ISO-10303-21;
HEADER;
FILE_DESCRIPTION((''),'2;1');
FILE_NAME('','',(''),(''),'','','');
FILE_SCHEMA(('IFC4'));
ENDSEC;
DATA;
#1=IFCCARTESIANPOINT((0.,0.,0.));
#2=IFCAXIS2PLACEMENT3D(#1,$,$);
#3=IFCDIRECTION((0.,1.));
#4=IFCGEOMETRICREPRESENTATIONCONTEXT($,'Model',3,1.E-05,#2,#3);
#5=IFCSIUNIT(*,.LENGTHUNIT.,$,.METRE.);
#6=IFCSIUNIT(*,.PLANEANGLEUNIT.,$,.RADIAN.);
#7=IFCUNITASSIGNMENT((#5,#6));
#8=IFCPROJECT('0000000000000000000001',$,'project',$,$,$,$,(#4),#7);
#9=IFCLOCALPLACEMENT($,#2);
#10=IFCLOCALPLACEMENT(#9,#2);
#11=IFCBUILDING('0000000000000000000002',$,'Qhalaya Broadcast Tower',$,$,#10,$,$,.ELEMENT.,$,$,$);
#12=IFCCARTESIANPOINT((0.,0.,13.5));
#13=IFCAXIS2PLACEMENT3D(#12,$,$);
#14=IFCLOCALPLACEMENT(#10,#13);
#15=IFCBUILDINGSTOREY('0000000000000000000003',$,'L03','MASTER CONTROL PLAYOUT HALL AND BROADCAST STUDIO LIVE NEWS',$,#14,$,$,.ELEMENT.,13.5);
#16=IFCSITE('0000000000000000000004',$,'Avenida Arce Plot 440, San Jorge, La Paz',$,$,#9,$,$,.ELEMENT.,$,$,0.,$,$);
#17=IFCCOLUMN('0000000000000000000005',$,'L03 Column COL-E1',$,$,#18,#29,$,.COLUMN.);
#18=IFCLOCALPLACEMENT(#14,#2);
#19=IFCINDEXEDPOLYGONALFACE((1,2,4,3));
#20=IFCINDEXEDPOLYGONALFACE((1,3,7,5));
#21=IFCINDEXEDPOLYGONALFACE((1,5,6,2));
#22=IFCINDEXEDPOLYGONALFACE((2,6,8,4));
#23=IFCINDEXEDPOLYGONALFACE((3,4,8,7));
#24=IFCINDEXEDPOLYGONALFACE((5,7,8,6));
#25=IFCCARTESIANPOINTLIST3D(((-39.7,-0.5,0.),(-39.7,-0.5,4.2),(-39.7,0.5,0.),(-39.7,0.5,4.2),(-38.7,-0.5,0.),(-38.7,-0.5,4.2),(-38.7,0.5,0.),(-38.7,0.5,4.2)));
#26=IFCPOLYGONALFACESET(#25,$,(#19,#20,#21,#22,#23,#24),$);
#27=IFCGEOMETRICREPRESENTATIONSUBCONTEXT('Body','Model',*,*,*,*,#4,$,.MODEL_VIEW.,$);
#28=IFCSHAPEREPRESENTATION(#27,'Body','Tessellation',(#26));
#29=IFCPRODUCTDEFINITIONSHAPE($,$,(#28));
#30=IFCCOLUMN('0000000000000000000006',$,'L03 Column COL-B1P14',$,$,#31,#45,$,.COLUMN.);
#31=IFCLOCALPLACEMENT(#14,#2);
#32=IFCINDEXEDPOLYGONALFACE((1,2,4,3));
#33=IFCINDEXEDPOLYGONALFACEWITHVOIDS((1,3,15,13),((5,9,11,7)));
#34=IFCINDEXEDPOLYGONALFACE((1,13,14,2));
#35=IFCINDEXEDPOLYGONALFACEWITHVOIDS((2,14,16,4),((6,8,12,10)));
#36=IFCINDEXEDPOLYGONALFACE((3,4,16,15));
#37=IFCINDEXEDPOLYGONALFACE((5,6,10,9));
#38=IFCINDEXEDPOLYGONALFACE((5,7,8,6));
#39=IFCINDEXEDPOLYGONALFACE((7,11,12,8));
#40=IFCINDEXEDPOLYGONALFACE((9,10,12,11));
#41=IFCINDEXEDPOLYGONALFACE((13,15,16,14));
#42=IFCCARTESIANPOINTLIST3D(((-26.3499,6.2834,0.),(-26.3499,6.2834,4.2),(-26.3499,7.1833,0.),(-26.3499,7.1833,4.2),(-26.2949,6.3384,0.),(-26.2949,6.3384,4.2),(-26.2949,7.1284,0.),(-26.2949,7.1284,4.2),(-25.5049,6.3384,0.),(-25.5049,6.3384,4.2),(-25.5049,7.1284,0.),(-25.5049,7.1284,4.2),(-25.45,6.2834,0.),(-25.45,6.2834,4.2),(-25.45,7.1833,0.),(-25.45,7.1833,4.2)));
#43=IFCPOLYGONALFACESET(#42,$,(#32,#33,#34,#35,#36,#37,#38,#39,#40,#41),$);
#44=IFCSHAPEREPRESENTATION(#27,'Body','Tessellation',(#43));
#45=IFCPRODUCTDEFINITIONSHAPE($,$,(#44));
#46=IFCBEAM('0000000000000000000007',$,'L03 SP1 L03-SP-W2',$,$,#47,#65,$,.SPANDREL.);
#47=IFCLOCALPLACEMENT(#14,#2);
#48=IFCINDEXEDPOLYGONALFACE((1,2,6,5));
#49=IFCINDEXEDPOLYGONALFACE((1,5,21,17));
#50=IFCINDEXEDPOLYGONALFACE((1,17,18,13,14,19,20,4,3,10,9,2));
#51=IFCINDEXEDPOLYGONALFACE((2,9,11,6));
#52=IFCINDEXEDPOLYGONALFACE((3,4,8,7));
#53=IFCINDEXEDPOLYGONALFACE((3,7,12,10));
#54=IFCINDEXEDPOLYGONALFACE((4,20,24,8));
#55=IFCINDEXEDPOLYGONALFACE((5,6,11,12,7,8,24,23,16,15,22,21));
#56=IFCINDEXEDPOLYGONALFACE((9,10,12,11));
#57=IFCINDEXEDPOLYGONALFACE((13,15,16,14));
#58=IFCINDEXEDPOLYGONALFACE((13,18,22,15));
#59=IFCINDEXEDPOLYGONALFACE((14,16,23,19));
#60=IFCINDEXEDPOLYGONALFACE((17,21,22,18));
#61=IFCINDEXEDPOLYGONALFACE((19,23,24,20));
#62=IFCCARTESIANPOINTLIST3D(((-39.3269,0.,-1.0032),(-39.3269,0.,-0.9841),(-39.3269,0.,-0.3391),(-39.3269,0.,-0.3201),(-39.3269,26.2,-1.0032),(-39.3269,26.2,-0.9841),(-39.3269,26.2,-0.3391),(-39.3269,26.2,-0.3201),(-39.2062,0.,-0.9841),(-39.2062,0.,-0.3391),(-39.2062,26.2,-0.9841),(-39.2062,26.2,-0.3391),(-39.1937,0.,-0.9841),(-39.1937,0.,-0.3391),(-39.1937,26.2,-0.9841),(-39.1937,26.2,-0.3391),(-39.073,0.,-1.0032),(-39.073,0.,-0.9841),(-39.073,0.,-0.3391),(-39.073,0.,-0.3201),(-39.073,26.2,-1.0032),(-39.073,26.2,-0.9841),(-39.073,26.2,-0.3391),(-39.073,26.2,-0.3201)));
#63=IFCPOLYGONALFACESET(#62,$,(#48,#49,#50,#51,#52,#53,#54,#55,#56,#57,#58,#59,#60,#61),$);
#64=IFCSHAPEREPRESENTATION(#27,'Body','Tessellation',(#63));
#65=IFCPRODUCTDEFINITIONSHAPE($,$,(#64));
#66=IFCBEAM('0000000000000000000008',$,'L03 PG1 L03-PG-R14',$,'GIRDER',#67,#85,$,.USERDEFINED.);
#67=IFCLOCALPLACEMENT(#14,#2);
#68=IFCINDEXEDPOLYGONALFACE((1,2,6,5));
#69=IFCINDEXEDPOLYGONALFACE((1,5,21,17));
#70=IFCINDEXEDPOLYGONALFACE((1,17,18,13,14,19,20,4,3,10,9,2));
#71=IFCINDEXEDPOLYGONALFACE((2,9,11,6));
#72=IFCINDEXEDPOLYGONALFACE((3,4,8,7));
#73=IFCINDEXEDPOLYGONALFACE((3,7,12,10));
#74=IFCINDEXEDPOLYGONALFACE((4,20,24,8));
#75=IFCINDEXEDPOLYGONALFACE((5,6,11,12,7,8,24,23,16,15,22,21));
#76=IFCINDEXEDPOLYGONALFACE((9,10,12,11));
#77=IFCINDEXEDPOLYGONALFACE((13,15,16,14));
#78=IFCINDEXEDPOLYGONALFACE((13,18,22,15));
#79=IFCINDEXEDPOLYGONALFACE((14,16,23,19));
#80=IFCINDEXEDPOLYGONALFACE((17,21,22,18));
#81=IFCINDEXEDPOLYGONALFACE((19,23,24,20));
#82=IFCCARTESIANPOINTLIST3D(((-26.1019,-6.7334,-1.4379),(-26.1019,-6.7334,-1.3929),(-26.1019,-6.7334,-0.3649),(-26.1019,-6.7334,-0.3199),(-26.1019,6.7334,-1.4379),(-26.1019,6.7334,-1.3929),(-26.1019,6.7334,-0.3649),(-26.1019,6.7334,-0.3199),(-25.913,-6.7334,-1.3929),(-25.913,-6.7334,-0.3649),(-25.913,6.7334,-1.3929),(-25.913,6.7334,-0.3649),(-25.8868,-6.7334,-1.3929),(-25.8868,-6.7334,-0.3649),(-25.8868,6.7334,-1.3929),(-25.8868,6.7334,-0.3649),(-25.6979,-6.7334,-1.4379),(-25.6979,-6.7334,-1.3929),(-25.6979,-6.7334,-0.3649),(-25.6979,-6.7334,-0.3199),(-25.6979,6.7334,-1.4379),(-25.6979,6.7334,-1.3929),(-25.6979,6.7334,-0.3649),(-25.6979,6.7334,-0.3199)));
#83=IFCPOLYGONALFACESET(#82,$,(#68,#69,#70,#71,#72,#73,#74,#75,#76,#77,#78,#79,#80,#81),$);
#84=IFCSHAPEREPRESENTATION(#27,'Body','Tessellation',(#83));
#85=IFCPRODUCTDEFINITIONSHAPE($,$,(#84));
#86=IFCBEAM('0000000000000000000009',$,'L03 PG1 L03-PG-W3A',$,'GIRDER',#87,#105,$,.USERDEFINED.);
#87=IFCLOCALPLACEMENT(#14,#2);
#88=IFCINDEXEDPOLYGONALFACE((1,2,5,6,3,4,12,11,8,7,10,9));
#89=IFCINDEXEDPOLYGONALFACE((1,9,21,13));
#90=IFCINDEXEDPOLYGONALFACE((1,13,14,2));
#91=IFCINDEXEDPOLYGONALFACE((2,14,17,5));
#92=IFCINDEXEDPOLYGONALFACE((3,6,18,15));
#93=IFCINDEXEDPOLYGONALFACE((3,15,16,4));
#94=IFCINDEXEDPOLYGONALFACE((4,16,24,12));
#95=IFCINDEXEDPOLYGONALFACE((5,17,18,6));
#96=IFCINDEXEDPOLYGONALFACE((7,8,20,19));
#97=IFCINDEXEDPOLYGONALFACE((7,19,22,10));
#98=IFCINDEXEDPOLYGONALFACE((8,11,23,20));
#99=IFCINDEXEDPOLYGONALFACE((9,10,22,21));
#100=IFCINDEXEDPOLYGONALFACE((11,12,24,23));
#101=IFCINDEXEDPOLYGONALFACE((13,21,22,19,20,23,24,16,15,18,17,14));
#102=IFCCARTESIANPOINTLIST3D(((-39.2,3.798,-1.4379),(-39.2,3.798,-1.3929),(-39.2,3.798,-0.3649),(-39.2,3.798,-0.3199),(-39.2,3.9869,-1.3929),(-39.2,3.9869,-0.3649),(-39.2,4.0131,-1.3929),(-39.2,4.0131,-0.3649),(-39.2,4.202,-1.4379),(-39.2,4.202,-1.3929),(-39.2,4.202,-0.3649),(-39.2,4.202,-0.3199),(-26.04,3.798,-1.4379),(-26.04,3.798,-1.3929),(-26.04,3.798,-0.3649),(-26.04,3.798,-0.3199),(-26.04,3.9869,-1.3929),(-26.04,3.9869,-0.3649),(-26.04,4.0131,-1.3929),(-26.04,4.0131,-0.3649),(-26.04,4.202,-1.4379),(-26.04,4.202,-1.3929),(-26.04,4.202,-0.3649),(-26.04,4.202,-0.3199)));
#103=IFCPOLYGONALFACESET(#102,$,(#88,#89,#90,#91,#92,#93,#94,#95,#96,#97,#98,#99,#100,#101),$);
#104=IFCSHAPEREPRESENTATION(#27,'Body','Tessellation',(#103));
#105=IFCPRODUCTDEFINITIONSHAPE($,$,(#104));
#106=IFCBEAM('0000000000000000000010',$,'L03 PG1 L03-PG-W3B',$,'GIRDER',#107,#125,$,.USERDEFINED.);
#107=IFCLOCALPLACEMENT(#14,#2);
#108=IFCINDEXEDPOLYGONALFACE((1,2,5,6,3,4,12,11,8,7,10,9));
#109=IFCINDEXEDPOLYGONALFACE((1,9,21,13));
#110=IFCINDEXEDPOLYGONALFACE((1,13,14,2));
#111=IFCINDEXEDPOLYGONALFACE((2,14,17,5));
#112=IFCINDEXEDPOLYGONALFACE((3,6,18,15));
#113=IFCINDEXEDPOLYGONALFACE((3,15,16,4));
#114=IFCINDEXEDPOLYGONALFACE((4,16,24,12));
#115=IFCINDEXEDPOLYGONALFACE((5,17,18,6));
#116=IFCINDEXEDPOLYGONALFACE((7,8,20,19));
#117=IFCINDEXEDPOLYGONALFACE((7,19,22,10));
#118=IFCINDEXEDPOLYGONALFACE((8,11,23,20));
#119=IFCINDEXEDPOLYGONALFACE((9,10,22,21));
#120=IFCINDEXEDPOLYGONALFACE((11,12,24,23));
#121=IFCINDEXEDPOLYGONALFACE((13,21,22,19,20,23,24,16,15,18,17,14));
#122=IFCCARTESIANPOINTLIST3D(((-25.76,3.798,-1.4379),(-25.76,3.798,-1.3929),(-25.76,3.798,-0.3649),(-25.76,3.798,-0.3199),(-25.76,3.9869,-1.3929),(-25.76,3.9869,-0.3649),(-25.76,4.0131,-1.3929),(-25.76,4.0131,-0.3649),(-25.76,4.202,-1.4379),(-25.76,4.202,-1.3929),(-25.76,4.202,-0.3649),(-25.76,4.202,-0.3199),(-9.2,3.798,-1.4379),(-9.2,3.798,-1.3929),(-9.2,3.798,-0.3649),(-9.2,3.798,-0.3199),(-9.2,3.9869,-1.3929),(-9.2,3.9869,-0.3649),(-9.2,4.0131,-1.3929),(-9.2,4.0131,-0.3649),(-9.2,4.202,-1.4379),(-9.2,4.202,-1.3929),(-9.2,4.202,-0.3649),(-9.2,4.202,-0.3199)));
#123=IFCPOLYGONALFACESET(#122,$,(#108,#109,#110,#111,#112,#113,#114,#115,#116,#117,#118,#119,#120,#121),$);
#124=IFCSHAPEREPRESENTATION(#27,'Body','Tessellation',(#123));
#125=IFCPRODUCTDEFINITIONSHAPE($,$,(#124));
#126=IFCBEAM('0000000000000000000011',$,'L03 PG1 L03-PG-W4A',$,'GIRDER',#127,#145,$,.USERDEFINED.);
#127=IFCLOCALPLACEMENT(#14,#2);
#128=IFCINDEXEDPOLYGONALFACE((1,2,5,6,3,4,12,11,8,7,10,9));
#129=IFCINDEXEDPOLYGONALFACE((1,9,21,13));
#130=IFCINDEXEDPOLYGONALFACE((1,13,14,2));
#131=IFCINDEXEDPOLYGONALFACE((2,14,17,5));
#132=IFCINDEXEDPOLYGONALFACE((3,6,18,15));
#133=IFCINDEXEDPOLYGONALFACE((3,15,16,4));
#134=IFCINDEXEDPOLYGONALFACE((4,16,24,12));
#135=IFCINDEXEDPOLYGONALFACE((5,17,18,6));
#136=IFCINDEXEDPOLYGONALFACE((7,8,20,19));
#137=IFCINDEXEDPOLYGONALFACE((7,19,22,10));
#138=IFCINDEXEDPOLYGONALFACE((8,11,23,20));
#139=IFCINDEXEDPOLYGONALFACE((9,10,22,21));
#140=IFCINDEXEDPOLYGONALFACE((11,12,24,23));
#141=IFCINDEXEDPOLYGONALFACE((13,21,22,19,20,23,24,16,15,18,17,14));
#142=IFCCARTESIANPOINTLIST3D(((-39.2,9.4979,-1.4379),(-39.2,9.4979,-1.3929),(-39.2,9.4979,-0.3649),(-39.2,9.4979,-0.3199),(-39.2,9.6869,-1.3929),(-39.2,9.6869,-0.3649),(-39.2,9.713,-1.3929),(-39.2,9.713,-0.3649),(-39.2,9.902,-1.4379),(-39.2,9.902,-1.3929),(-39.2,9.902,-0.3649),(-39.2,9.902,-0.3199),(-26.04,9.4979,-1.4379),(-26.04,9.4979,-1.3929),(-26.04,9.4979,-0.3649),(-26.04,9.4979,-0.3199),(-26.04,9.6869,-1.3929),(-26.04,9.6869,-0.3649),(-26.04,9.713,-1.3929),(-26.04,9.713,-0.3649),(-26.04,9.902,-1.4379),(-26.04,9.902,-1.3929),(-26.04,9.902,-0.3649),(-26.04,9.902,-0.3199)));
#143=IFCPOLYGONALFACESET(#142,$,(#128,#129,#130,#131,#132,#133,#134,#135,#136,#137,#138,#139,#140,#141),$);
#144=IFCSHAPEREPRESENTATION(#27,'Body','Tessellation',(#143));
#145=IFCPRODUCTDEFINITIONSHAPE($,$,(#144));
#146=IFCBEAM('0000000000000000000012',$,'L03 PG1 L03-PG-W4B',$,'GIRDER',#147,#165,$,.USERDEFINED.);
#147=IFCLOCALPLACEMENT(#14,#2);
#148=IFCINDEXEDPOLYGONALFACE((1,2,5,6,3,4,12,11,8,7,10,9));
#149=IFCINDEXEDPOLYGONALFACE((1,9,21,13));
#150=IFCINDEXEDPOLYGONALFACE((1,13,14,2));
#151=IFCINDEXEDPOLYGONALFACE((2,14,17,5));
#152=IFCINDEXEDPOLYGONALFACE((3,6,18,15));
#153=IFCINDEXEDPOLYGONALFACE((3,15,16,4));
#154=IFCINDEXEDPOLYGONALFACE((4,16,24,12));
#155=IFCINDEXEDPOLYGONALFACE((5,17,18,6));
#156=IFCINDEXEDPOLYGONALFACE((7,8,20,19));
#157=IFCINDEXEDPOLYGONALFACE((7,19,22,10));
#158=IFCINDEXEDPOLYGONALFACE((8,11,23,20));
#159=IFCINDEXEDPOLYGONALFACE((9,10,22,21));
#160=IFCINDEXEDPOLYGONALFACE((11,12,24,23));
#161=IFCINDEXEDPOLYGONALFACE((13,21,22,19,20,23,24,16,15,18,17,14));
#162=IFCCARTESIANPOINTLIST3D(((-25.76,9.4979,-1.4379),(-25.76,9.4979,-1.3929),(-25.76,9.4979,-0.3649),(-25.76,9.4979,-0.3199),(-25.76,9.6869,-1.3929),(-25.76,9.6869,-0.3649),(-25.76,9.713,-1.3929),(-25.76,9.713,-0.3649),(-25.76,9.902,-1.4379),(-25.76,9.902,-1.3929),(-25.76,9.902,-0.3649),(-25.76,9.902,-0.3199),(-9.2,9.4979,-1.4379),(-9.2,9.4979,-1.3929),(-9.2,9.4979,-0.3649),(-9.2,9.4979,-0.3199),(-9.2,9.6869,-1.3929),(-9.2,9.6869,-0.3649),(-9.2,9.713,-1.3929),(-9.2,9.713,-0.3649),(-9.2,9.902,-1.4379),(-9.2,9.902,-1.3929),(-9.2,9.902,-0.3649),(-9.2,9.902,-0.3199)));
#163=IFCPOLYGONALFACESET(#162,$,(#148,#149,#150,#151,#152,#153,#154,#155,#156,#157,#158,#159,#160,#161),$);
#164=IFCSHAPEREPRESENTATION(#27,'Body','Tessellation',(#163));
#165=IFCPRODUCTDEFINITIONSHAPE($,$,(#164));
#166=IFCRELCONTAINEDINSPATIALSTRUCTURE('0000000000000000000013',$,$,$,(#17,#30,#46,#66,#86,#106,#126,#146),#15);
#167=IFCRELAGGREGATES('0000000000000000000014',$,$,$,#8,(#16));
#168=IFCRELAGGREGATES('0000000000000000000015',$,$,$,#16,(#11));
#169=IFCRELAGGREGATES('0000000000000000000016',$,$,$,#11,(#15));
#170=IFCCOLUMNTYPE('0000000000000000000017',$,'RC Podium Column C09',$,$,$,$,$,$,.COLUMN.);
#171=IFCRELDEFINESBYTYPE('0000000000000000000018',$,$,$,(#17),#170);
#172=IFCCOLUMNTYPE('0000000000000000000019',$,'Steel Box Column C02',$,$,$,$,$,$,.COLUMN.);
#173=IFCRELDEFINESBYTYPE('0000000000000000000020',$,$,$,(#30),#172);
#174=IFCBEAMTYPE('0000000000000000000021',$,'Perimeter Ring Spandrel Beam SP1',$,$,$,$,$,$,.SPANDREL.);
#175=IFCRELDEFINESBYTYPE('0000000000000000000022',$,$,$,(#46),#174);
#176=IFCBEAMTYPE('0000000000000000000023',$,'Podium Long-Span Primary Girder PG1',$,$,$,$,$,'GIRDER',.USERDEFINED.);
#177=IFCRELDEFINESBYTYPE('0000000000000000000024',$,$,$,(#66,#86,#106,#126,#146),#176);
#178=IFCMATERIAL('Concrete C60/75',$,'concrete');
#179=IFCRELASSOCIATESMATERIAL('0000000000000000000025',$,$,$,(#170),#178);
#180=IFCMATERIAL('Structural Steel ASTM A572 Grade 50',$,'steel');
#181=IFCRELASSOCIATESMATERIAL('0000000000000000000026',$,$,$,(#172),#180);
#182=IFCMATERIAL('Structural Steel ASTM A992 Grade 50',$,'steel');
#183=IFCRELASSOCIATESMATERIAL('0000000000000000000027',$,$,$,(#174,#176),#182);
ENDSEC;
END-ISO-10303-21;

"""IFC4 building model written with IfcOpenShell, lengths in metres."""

from ifc_helpers import new_model, si_unit, direction, frame, origin, origin_2d, place, context, subcontext, project, spatial, rectangle, hollow_rectangle, i_section, extrude, material, material_profile, profile_set, type_object, element, save


model = new_model("IFC4")

# Units and contexts
model_context = context("Model", 3, precision=1e-05, world=origin(), true_north=direction((0.0, 1.0)))
body_context = subcontext(model_context, "Body", "Model", "MODEL_VIEW")
ifc_project = project(units=[si_unit("LENGTHUNIT", "METRE"), si_unit("PLANEANGLEUNIT", "RADIAN")], contexts=[model_context])

# Site, building, storey
site_placement = place(None, origin())
site = spatial("IfcSite", under=ifc_project, at=site_placement, Name="Avenida Arce Plot 440, San Jorge, La Paz", CompositionType="ELEMENT", RefElevation=0.0)
building_placement = place(site_placement, origin())
building = spatial("IfcBuilding", under=site, at=building_placement, Name="Qhalaya Broadcast Tower", CompositionType="ELEMENT")
storey_placement = place(building_placement, frame((0.0, 0.0, 13.5)))
storey = spatial("IfcBuildingStorey", under=building, at=storey_placement, Name="L03", Description="MASTER CONTROL PLAYOUT HALL AND BROADCAST STUDIO LIVE NEWS", CompositionType="ELEMENT", Elevation=13.5)

# Columns
ifc_material_1 = material(Name="Concrete C60/75", Category="concrete")
ifc_material_profile_1 = material_profile(ifc_material_1, rectangle(XDim=1.0, YDim=1.0, at=origin_2d()), Name="RC-COL 1000x1000")
ifc_profile_set_1 = profile_set([ifc_material_profile_1], Name="Concrete C60/75")
column_type_1 = type_object("IfcColumnType", Name="RC Podium Column C09", PredefinedType="COLUMN", material=ifc_profile_set_1)
column_1_placement = place(storey_placement, frame((-39.2, 0.0, 0.0), z_axis=(0.0, 0.0, 1.0), x_axis=(1.0, 0.0, 0.0)))
element("IfcColumn", 1, at=column_1_placement, inside=storey, type_object=column_type_1, Name="L03 Column COL-E1", PredefinedType="COLUMN", context=body_context, shape_type="SweptSolid", body=[
    extrude(rectangle(XDim=1.0, YDim=1.0, at=origin_2d()), origin(), (0.0, 0.0, 1.0), 4.2),
])
ifc_material_2 = material(Name="Structural Steel ASTM A572 Grade 50", Category="steel")
ifc_material_profile_2 = material_profile(ifc_material_2, hollow_rectangle(XDim=0.8999, YDim=0.8999, WallThickness=0.0549, at=origin_2d()), Name="BOX 900x900x55")
ifc_profile_set_2 = profile_set([ifc_material_profile_2], Name="Structural Steel ASTM A572 Grade 50")
column_type_2 = type_object("IfcColumnType", Name="Steel Box Column C02", PredefinedType="COLUMN", material=ifc_profile_set_2)
column_2_placement = place(storey_placement, frame((-25.8999, 6.7334, 0.0), z_axis=(0.0, 0.0, 1.0), x_axis=(0.0, 1.0, 0.0)))
element("IfcColumn", 2, at=column_2_placement, inside=storey, type_object=column_type_2, Name="L03 Column COL-B1P14", PredefinedType="COLUMN", context=body_context, shape_type="SweptSolid", body=[
    extrude(hollow_rectangle(XDim=0.8999, YDim=0.8999, WallThickness=0.0549, at=origin_2d()), origin(), (0.0, 0.0, 1.0), 4.2),
])

# Beams
ifc_material_3 = material(Name="Structural Steel ASTM A992 Grade 50", Category="steel")
ifc_material_profile_3 = material_profile(ifc_material_3, i_section(OverallWidth=0.2539, OverallDepth=0.6831, WebThickness=0.0125, FlangeThickness=0.019, at=origin_2d()), Name="W27X94")
ifc_profile_set_3 = profile_set([ifc_material_profile_3], Name="Structural Steel ASTM A992 Grade 50")
beam_type_1 = type_object("IfcBeamType", Name="Perimeter Ring Spandrel Beam SP1", PredefinedType="SPANDREL", material=ifc_profile_set_3)
beam_1_placement = place(storey_placement, frame((-39.2, 0.0, -0.6616), z_axis=(0.0, 1.0, 0.0), x_axis=(-1.0, 0.0, 0.0)))
element("IfcBeam", 3, at=beam_1_placement, inside=storey, type_object=beam_type_1, Name="L03 SP1 L03-SP-W2", PredefinedType="SPANDREL", context=body_context, shape_type="SweptSolid", body=[
    extrude(i_section(OverallWidth=0.2539, OverallDepth=0.6831, WebThickness=0.0125, FlangeThickness=0.019, at=origin_2d()), origin(), (0.0, 0.0, 1.0), 26.2),
])
ifc_material_profile_4 = material_profile(ifc_material_3, i_section(OverallWidth=0.4041, OverallDepth=1.1179, WebThickness=0.0261, FlangeThickness=0.0449, at=origin_2d()), Name="W44X335")
ifc_profile_set_4 = profile_set([ifc_material_profile_4], Name="Structural Steel ASTM A992 Grade 50")
beam_type_2 = type_object("IfcBeamType", Name="Podium Long-Span Primary Girder PG1", ElementType="GIRDER", PredefinedType="USERDEFINED", material=ifc_profile_set_4)
beam_2_placement = place(storey_placement, frame((-25.8999, 6.7334, -0.8789), z_axis=(0.0, -1.0, 0.0), x_axis=(1.0, 0.0, 0.0)))
element("IfcBeam", 4, at=beam_2_placement, inside=storey, type_object=beam_type_2, Name="L03 PG1 L03-PG-R14", ObjectType="GIRDER", PredefinedType="USERDEFINED", context=body_context, shape_type="SweptSolid", body=[
    extrude(i_section(OverallWidth=0.4041, OverallDepth=1.1179, WebThickness=0.0261, FlangeThickness=0.0449, at=origin_2d()), origin(), (0.0, 0.0, 1.0), 13.4668),
])
beam_3_placement = place(storey_placement, frame((-39.2, 4.0, -0.8789), z_axis=(1.0, 0.0, 0.0), x_axis=(0.0, 1.0, 0.0)))
element("IfcBeam", 5, at=beam_3_placement, inside=storey, type_object=beam_type_2, Name="L03 PG1 L03-PG-W3A", ObjectType="GIRDER", PredefinedType="USERDEFINED", context=body_context, shape_type="SweptSolid", body=[
    extrude(i_section(OverallWidth=0.4041, OverallDepth=1.1179, WebThickness=0.0261, FlangeThickness=0.0449, at=origin_2d()), origin(), (0.0, 0.0, 1.0), 13.1599),
])
beam_4_placement = place(storey_placement, frame((-25.76, 4.0, -0.8789), z_axis=(1.0, 0.0, 0.0), x_axis=(0.0, 1.0, 0.0)))
element("IfcBeam", 6, at=beam_4_placement, inside=storey, type_object=beam_type_2, Name="L03 PG1 L03-PG-W3B", ObjectType="GIRDER", PredefinedType="USERDEFINED", context=body_context, shape_type="SweptSolid", body=[
    extrude(i_section(OverallWidth=0.4041, OverallDepth=1.1179, WebThickness=0.0261, FlangeThickness=0.0449, at=origin_2d()), origin(), (0.0, 0.0, 1.0), 16.5601),
])
beam_5_placement = place(storey_placement, frame((-39.2, 9.7, -0.8789), z_axis=(1.0, 0.0, 0.0), x_axis=(0.0, 1.0, 0.0)))
element("IfcBeam", 7, at=beam_5_placement, inside=storey, type_object=beam_type_2, Name="L03 PG1 L03-PG-W4A", ObjectType="GIRDER", PredefinedType="USERDEFINED", context=body_context, shape_type="SweptSolid", body=[
    extrude(i_section(OverallWidth=0.4041, OverallDepth=1.1179, WebThickness=0.0261, FlangeThickness=0.0449, at=origin_2d()), origin(), (0.0, 0.0, 1.0), 13.1599),
])
beam_6_placement = place(storey_placement, frame((-25.76, 9.7, -0.8789), z_axis=(1.0, 0.0, 0.0), x_axis=(0.0, 1.0, 0.0)))
element("IfcBeam", 8, at=beam_6_placement, inside=storey, type_object=beam_type_2, Name="L03 PG1 L03-PG-W4B", ObjectType="GIRDER", PredefinedType="USERDEFINED", context=body_context, shape_type="SweptSolid", body=[
    extrude(i_section(OverallWidth=0.4041, OverallDepth=1.1179, WebThickness=0.0261, FlangeThickness=0.0449, at=origin_2d()), origin(), (0.0, 0.0, 1.0), 16.5601),
])

save(model, "model.ifc")
